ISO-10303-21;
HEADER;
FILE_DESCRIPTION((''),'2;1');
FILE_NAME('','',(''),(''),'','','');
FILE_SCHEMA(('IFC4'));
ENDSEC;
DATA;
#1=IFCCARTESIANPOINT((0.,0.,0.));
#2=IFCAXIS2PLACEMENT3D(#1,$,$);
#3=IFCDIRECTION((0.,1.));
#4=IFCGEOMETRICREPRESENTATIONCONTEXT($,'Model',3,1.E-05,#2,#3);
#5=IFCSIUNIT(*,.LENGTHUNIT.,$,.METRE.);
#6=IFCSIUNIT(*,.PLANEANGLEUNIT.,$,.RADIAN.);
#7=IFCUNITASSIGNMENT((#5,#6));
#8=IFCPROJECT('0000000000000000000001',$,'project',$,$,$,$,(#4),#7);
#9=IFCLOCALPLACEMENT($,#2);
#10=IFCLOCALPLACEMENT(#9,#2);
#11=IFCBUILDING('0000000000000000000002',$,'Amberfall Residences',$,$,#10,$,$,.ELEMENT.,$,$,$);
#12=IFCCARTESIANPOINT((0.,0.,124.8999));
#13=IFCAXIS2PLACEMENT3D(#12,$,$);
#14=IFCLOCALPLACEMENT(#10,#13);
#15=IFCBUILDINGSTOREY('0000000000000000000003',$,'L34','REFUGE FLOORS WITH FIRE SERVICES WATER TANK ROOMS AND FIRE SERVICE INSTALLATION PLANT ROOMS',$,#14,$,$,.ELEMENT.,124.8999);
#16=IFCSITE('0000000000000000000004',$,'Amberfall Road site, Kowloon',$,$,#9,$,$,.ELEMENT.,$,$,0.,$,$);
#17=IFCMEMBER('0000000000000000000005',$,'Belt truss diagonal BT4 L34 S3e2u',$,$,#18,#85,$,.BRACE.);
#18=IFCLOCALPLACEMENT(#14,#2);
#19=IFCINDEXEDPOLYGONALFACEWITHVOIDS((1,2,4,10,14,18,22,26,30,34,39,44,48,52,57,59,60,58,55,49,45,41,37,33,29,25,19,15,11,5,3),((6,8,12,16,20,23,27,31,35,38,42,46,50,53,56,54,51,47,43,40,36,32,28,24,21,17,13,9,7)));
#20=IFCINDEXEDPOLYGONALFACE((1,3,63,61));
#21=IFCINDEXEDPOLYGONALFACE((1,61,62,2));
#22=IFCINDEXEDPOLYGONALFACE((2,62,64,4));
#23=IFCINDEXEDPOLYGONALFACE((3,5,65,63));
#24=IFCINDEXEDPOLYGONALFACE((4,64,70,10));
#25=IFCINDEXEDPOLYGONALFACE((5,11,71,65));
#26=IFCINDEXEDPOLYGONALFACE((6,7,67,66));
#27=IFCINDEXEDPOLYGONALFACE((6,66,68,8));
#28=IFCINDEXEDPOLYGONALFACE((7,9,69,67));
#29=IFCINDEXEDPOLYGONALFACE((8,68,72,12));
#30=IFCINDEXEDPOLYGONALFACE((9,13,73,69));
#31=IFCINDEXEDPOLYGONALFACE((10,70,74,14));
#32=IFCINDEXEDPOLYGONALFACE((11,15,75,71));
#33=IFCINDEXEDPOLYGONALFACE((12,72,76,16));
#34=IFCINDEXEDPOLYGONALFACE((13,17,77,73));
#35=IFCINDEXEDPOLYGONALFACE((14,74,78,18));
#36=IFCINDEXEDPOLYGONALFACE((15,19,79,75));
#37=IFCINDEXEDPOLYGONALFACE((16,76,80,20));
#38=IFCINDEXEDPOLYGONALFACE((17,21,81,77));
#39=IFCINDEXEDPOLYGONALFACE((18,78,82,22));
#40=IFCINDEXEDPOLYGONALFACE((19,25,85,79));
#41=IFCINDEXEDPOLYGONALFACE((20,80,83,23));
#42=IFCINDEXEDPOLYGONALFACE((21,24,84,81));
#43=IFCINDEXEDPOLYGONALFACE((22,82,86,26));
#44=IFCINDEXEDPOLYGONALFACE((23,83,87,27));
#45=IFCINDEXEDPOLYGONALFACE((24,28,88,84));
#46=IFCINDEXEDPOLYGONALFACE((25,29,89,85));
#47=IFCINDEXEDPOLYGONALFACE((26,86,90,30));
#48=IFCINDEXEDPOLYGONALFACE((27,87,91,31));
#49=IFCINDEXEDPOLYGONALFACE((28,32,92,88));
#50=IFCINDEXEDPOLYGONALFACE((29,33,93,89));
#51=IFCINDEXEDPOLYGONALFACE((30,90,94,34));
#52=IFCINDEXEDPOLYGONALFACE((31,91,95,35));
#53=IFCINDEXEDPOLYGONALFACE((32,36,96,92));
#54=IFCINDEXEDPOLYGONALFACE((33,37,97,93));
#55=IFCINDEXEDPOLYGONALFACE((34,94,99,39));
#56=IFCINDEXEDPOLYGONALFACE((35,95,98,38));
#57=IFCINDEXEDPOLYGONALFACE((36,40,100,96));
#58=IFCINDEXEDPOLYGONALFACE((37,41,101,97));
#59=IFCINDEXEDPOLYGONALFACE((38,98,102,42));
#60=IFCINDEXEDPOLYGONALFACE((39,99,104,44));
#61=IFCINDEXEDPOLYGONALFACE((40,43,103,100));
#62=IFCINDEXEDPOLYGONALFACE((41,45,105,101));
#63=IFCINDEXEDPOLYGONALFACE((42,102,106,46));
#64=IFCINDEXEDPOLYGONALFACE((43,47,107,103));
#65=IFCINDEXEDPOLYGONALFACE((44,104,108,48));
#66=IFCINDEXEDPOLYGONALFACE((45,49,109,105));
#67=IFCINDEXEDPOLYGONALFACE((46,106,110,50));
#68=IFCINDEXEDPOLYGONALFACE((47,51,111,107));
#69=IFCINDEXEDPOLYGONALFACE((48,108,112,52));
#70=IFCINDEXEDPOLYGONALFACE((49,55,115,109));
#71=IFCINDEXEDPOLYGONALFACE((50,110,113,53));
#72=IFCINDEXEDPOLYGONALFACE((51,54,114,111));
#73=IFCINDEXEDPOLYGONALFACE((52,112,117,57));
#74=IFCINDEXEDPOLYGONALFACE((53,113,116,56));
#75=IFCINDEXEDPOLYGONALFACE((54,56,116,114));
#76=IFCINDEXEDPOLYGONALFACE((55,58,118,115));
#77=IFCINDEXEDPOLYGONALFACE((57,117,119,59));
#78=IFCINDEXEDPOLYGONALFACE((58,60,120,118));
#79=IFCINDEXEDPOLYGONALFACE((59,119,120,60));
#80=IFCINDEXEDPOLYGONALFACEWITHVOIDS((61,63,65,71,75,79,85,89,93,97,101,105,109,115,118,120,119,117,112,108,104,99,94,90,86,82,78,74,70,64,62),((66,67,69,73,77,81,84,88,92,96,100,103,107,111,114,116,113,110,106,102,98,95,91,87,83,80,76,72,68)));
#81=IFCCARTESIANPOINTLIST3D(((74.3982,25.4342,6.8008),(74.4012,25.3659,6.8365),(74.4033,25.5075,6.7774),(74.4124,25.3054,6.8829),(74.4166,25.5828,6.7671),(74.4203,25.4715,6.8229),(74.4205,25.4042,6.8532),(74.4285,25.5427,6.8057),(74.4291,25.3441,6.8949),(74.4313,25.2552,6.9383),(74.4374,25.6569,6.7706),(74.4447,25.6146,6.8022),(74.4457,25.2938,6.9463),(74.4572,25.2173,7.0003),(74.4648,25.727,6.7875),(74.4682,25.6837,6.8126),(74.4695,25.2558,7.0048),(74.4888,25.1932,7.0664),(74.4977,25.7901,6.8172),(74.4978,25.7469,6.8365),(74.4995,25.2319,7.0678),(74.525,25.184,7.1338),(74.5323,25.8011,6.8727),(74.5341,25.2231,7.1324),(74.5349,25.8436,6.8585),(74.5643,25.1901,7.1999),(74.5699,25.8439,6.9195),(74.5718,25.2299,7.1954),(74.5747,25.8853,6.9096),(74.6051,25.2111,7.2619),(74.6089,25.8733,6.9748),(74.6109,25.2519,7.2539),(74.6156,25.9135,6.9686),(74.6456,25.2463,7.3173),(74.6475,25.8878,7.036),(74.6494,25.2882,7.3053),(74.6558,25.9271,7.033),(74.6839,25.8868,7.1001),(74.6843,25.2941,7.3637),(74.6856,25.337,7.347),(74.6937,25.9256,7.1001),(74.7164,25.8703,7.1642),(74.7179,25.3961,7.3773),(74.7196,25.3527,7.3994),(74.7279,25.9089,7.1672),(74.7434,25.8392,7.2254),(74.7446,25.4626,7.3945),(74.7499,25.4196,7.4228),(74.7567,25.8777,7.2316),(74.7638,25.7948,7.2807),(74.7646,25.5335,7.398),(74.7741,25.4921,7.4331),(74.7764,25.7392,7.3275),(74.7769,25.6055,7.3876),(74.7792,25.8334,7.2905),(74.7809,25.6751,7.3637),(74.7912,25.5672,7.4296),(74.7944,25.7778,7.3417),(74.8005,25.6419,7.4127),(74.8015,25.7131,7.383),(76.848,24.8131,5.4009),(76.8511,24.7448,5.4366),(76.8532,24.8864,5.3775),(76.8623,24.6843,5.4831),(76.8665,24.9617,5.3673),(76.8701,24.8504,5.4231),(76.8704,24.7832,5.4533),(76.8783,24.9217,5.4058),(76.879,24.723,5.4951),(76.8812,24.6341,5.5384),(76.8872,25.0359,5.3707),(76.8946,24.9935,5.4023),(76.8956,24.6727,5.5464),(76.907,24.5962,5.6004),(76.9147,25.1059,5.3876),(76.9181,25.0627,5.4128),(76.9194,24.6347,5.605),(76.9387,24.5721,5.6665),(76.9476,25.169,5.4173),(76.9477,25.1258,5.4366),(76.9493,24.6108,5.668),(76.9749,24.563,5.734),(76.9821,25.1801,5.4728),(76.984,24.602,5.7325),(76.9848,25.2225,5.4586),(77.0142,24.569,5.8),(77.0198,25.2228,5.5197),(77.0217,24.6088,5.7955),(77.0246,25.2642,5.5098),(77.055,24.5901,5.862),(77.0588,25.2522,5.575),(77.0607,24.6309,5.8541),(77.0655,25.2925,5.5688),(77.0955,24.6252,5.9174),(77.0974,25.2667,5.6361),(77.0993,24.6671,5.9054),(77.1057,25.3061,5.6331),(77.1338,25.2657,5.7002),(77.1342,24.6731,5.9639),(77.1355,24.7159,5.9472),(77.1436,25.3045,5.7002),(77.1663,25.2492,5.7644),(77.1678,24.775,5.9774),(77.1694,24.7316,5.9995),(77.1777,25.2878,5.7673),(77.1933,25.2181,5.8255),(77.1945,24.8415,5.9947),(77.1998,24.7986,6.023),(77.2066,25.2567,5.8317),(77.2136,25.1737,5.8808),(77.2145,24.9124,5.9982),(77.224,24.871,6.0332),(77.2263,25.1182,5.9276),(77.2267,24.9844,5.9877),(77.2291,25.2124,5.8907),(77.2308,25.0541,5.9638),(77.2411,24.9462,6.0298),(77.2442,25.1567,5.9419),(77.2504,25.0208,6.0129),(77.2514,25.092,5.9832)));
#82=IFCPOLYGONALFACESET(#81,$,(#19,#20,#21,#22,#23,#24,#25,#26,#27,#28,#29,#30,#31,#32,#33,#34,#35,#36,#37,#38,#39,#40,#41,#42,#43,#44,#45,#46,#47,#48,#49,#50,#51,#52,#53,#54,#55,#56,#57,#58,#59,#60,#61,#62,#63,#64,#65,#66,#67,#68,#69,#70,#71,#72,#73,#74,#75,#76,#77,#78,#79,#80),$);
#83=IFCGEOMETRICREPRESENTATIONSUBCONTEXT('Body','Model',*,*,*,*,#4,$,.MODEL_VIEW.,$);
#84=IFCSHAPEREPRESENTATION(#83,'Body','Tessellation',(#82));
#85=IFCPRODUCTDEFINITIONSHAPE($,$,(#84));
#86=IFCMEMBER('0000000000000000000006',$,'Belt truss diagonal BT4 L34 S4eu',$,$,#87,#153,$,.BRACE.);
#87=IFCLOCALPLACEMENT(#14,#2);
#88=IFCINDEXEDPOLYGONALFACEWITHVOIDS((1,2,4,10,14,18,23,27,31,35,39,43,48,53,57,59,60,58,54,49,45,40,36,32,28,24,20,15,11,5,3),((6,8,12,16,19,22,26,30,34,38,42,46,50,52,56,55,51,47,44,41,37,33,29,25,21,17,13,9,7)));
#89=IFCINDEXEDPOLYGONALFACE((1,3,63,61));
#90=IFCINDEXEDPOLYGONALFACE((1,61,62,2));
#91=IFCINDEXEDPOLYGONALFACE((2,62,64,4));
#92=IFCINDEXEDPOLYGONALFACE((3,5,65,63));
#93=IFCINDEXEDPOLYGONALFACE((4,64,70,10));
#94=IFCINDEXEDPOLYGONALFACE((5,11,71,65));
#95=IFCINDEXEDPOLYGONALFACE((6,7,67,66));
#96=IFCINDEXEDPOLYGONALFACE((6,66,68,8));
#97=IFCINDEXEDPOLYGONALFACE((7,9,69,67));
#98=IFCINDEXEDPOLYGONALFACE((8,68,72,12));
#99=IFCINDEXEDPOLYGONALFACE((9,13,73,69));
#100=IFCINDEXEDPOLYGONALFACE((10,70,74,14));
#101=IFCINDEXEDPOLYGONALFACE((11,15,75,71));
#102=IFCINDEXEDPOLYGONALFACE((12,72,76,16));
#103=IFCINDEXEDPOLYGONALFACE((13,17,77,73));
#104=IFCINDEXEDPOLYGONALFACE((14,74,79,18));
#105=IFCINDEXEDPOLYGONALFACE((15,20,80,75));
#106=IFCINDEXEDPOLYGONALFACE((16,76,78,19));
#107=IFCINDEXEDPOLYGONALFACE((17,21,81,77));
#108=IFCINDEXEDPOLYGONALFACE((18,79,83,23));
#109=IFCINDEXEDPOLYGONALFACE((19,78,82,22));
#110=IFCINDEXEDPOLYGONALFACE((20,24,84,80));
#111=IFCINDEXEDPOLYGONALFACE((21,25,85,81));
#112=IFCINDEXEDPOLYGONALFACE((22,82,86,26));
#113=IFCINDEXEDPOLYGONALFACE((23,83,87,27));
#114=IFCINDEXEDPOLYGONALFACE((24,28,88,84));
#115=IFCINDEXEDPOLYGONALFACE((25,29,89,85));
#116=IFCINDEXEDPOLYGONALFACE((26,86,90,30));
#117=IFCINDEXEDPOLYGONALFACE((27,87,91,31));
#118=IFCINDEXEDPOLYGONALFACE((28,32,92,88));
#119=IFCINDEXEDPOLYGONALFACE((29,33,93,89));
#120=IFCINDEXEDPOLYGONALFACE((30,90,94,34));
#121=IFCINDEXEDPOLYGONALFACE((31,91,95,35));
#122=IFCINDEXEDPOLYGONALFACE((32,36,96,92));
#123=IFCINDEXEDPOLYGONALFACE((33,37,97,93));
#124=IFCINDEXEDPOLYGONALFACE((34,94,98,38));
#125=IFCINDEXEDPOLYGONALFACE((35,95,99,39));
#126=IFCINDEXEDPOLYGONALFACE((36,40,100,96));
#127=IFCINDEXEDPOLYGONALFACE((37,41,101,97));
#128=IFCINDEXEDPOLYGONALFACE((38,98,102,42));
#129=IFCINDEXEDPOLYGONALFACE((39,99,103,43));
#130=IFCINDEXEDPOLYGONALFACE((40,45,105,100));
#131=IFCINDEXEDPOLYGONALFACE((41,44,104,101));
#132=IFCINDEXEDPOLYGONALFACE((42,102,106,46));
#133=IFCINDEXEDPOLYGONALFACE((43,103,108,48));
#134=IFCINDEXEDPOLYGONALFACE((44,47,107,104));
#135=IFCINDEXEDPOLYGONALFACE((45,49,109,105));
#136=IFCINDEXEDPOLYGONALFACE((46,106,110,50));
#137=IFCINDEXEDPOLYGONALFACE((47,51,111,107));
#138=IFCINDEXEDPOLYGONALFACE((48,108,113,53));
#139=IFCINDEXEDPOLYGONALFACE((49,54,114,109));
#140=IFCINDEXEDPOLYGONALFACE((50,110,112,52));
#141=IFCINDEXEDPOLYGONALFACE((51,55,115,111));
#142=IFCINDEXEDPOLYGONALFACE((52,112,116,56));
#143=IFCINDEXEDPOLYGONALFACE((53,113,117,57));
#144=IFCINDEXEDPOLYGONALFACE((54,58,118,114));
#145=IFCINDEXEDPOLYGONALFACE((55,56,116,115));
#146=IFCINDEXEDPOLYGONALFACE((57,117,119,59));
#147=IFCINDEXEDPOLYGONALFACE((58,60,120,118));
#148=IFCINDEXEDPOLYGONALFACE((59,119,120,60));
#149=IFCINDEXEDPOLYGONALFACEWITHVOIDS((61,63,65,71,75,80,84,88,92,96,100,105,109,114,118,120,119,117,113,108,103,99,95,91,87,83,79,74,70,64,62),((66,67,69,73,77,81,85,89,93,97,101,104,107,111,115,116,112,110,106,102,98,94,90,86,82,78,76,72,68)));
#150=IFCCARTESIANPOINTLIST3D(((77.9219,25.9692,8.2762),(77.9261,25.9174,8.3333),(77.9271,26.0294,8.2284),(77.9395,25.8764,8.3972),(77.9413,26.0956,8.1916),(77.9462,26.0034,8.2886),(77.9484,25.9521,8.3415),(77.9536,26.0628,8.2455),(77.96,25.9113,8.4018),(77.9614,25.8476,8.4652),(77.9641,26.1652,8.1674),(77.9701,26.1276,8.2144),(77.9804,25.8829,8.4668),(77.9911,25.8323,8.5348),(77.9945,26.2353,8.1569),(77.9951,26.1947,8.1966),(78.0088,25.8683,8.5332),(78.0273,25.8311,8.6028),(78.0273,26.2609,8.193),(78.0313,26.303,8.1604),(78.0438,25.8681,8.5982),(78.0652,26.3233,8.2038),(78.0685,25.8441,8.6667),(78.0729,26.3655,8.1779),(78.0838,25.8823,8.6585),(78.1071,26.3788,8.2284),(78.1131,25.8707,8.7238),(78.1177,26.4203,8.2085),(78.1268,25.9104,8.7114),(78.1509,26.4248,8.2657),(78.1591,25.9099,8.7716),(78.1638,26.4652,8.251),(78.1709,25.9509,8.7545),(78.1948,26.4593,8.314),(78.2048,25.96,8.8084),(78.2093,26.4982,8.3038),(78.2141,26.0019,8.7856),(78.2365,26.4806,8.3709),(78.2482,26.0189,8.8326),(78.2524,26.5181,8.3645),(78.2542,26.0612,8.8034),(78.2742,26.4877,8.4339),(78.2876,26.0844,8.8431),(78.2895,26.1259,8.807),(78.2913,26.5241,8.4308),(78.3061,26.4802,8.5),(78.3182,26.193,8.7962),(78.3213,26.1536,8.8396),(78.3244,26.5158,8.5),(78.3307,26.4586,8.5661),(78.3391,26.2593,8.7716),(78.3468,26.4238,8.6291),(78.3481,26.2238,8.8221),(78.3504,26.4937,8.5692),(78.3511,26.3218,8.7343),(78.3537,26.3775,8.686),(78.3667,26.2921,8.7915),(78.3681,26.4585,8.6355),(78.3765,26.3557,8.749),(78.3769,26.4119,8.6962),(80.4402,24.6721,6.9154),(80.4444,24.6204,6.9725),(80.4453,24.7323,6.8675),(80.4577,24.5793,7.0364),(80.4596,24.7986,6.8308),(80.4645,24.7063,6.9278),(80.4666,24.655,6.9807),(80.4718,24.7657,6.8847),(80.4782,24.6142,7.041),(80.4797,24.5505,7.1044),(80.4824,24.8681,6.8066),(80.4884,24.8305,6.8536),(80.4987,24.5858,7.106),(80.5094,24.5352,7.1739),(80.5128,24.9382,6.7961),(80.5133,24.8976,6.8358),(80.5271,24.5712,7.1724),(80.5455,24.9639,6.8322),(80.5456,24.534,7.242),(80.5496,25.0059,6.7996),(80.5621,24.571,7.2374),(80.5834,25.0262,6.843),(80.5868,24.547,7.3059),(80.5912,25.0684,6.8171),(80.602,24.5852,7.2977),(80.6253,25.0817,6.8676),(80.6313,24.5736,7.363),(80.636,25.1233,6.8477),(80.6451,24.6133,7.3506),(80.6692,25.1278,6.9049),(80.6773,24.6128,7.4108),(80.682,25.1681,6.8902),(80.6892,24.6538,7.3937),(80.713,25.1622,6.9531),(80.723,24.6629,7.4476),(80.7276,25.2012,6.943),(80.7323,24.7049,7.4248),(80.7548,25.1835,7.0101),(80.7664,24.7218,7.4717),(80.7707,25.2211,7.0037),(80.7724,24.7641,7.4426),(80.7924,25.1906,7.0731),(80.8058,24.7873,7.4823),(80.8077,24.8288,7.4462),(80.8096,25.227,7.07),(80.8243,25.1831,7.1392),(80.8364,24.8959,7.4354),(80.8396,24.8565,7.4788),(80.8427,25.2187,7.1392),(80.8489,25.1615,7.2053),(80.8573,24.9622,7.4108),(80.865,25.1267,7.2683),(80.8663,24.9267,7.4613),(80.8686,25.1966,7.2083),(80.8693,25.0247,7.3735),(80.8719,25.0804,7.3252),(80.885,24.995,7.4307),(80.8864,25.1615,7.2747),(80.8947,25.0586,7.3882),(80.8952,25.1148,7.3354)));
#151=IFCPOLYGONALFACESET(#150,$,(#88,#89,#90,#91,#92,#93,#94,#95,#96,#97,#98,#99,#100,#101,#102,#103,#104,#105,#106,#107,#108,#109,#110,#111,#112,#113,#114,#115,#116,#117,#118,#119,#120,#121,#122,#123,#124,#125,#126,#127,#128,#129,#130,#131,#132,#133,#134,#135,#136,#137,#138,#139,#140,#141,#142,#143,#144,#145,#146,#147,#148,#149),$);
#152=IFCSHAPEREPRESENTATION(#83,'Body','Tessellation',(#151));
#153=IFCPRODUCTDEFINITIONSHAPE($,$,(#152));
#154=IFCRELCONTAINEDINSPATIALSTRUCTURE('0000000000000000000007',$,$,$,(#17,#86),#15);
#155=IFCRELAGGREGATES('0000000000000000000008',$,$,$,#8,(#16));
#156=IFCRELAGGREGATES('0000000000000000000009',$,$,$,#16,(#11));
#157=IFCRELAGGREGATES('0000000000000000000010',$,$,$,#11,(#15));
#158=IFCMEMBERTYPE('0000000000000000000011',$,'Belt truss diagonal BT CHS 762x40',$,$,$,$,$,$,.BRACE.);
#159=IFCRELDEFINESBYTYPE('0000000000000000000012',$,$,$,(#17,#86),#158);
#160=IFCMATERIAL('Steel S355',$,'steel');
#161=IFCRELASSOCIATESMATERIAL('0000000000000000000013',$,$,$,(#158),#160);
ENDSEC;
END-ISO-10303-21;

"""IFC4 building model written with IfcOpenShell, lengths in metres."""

from ifc_helpers import new_model, si_unit, direction, frame, origin, origin_2d, place, context, subcontext, project, spatial, hollow_circle, extrude, material, material_profile, profile_set, type_object, element, save


model = new_model("IFC4")

# Units and contexts
model_context = context("Model", 3, precision=1e-05, world=origin(), true_north=direction((0.0, 1.0)))
body_context = subcontext(model_context, "Body", "Model", "MODEL_VIEW")
ifc_project = project(units=[si_unit("LENGTHUNIT", "METRE"), si_unit("PLANEANGLEUNIT", "RADIAN")], contexts=[model_context])

# Site, building, storey
site_placement = place(None, origin())
site = spatial("IfcSite", under=ifc_project, at=site_placement, Name="Amberfall Road site, Kowloon", CompositionType="ELEMENT", RefElevation=0.0)
building_placement = place(site_placement, origin())
building = spatial("IfcBuilding", under=site, at=building_placement, Name="Amberfall Residences", CompositionType="ELEMENT")
storey_placement = place(building_placement, frame((0.0, 0.0, 124.8999)))
storey = spatial("IfcBuildingStorey", under=building, at=storey_placement, Name="L34", Description="REFUGE FLOORS WITH FIRE SERVICES WATER TANK ROOMS AND FIRE SERVICE INSTALLATION PLANT ROOMS", CompositionType="ELEMENT", Elevation=124.8999)

# Members
ifc_material_1 = material(Name="Steel S355", Category="steel")
ifc_material_profile_1 = material_profile(ifc_material_1, hollow_circle(Radius=0.3811, WallThickness=0.04, at=origin_2d()), Name="CHS 762x40")
ifc_profile_set_1 = profile_set([ifc_material_profile_1], Name="Steel S355")
member_type_1 = type_object("IfcMemberType", Name="Belt truss diagonal BT CHS 762x40", PredefinedType="BRACE", material=ifc_profile_set_1)
member_1_placement = place(storey_placement, frame((74.6001, 25.5562, 7.1001), z_axis=(0.847955, -0.214967, -0.484522), x_axis=(0.245739, 0.969336, 0.0)))
element("IfcMember", 1, at=member_1_placement, inside=storey, type_object=member_type_1, Name="Belt truss diagonal BT4 L34 S3e2u", PredefinedType="BRACE", context=body_context, shape_type="SweptSolid", body=[
    extrude(hollow_circle(Radius=0.3811, WallThickness=0.04, at=origin_2d()), origin(), (0.0, 0.0, 1.0), 2.8892),
])
member_2_placement = place(storey_placement, frame((78.1499, 26.177, 8.5), z_axis=(0.801332, -0.412746, -0.433022), x_axis=(0.457903, 0.889002, 0.0)))
element("IfcMember", 2, at=member_2_placement, inside=storey, type_object=member_type_1, Name="Belt truss diagonal BT4 L34 S4eu", PredefinedType="BRACE", context=body_context, shape_type="SweptSolid", body=[
    extrude(hollow_circle(Radius=0.3811, WallThickness=0.04, at=origin_2d()), origin(), (0.0, 0.0, 1.0), 3.1426),
])

save(model, "model.ifc")
